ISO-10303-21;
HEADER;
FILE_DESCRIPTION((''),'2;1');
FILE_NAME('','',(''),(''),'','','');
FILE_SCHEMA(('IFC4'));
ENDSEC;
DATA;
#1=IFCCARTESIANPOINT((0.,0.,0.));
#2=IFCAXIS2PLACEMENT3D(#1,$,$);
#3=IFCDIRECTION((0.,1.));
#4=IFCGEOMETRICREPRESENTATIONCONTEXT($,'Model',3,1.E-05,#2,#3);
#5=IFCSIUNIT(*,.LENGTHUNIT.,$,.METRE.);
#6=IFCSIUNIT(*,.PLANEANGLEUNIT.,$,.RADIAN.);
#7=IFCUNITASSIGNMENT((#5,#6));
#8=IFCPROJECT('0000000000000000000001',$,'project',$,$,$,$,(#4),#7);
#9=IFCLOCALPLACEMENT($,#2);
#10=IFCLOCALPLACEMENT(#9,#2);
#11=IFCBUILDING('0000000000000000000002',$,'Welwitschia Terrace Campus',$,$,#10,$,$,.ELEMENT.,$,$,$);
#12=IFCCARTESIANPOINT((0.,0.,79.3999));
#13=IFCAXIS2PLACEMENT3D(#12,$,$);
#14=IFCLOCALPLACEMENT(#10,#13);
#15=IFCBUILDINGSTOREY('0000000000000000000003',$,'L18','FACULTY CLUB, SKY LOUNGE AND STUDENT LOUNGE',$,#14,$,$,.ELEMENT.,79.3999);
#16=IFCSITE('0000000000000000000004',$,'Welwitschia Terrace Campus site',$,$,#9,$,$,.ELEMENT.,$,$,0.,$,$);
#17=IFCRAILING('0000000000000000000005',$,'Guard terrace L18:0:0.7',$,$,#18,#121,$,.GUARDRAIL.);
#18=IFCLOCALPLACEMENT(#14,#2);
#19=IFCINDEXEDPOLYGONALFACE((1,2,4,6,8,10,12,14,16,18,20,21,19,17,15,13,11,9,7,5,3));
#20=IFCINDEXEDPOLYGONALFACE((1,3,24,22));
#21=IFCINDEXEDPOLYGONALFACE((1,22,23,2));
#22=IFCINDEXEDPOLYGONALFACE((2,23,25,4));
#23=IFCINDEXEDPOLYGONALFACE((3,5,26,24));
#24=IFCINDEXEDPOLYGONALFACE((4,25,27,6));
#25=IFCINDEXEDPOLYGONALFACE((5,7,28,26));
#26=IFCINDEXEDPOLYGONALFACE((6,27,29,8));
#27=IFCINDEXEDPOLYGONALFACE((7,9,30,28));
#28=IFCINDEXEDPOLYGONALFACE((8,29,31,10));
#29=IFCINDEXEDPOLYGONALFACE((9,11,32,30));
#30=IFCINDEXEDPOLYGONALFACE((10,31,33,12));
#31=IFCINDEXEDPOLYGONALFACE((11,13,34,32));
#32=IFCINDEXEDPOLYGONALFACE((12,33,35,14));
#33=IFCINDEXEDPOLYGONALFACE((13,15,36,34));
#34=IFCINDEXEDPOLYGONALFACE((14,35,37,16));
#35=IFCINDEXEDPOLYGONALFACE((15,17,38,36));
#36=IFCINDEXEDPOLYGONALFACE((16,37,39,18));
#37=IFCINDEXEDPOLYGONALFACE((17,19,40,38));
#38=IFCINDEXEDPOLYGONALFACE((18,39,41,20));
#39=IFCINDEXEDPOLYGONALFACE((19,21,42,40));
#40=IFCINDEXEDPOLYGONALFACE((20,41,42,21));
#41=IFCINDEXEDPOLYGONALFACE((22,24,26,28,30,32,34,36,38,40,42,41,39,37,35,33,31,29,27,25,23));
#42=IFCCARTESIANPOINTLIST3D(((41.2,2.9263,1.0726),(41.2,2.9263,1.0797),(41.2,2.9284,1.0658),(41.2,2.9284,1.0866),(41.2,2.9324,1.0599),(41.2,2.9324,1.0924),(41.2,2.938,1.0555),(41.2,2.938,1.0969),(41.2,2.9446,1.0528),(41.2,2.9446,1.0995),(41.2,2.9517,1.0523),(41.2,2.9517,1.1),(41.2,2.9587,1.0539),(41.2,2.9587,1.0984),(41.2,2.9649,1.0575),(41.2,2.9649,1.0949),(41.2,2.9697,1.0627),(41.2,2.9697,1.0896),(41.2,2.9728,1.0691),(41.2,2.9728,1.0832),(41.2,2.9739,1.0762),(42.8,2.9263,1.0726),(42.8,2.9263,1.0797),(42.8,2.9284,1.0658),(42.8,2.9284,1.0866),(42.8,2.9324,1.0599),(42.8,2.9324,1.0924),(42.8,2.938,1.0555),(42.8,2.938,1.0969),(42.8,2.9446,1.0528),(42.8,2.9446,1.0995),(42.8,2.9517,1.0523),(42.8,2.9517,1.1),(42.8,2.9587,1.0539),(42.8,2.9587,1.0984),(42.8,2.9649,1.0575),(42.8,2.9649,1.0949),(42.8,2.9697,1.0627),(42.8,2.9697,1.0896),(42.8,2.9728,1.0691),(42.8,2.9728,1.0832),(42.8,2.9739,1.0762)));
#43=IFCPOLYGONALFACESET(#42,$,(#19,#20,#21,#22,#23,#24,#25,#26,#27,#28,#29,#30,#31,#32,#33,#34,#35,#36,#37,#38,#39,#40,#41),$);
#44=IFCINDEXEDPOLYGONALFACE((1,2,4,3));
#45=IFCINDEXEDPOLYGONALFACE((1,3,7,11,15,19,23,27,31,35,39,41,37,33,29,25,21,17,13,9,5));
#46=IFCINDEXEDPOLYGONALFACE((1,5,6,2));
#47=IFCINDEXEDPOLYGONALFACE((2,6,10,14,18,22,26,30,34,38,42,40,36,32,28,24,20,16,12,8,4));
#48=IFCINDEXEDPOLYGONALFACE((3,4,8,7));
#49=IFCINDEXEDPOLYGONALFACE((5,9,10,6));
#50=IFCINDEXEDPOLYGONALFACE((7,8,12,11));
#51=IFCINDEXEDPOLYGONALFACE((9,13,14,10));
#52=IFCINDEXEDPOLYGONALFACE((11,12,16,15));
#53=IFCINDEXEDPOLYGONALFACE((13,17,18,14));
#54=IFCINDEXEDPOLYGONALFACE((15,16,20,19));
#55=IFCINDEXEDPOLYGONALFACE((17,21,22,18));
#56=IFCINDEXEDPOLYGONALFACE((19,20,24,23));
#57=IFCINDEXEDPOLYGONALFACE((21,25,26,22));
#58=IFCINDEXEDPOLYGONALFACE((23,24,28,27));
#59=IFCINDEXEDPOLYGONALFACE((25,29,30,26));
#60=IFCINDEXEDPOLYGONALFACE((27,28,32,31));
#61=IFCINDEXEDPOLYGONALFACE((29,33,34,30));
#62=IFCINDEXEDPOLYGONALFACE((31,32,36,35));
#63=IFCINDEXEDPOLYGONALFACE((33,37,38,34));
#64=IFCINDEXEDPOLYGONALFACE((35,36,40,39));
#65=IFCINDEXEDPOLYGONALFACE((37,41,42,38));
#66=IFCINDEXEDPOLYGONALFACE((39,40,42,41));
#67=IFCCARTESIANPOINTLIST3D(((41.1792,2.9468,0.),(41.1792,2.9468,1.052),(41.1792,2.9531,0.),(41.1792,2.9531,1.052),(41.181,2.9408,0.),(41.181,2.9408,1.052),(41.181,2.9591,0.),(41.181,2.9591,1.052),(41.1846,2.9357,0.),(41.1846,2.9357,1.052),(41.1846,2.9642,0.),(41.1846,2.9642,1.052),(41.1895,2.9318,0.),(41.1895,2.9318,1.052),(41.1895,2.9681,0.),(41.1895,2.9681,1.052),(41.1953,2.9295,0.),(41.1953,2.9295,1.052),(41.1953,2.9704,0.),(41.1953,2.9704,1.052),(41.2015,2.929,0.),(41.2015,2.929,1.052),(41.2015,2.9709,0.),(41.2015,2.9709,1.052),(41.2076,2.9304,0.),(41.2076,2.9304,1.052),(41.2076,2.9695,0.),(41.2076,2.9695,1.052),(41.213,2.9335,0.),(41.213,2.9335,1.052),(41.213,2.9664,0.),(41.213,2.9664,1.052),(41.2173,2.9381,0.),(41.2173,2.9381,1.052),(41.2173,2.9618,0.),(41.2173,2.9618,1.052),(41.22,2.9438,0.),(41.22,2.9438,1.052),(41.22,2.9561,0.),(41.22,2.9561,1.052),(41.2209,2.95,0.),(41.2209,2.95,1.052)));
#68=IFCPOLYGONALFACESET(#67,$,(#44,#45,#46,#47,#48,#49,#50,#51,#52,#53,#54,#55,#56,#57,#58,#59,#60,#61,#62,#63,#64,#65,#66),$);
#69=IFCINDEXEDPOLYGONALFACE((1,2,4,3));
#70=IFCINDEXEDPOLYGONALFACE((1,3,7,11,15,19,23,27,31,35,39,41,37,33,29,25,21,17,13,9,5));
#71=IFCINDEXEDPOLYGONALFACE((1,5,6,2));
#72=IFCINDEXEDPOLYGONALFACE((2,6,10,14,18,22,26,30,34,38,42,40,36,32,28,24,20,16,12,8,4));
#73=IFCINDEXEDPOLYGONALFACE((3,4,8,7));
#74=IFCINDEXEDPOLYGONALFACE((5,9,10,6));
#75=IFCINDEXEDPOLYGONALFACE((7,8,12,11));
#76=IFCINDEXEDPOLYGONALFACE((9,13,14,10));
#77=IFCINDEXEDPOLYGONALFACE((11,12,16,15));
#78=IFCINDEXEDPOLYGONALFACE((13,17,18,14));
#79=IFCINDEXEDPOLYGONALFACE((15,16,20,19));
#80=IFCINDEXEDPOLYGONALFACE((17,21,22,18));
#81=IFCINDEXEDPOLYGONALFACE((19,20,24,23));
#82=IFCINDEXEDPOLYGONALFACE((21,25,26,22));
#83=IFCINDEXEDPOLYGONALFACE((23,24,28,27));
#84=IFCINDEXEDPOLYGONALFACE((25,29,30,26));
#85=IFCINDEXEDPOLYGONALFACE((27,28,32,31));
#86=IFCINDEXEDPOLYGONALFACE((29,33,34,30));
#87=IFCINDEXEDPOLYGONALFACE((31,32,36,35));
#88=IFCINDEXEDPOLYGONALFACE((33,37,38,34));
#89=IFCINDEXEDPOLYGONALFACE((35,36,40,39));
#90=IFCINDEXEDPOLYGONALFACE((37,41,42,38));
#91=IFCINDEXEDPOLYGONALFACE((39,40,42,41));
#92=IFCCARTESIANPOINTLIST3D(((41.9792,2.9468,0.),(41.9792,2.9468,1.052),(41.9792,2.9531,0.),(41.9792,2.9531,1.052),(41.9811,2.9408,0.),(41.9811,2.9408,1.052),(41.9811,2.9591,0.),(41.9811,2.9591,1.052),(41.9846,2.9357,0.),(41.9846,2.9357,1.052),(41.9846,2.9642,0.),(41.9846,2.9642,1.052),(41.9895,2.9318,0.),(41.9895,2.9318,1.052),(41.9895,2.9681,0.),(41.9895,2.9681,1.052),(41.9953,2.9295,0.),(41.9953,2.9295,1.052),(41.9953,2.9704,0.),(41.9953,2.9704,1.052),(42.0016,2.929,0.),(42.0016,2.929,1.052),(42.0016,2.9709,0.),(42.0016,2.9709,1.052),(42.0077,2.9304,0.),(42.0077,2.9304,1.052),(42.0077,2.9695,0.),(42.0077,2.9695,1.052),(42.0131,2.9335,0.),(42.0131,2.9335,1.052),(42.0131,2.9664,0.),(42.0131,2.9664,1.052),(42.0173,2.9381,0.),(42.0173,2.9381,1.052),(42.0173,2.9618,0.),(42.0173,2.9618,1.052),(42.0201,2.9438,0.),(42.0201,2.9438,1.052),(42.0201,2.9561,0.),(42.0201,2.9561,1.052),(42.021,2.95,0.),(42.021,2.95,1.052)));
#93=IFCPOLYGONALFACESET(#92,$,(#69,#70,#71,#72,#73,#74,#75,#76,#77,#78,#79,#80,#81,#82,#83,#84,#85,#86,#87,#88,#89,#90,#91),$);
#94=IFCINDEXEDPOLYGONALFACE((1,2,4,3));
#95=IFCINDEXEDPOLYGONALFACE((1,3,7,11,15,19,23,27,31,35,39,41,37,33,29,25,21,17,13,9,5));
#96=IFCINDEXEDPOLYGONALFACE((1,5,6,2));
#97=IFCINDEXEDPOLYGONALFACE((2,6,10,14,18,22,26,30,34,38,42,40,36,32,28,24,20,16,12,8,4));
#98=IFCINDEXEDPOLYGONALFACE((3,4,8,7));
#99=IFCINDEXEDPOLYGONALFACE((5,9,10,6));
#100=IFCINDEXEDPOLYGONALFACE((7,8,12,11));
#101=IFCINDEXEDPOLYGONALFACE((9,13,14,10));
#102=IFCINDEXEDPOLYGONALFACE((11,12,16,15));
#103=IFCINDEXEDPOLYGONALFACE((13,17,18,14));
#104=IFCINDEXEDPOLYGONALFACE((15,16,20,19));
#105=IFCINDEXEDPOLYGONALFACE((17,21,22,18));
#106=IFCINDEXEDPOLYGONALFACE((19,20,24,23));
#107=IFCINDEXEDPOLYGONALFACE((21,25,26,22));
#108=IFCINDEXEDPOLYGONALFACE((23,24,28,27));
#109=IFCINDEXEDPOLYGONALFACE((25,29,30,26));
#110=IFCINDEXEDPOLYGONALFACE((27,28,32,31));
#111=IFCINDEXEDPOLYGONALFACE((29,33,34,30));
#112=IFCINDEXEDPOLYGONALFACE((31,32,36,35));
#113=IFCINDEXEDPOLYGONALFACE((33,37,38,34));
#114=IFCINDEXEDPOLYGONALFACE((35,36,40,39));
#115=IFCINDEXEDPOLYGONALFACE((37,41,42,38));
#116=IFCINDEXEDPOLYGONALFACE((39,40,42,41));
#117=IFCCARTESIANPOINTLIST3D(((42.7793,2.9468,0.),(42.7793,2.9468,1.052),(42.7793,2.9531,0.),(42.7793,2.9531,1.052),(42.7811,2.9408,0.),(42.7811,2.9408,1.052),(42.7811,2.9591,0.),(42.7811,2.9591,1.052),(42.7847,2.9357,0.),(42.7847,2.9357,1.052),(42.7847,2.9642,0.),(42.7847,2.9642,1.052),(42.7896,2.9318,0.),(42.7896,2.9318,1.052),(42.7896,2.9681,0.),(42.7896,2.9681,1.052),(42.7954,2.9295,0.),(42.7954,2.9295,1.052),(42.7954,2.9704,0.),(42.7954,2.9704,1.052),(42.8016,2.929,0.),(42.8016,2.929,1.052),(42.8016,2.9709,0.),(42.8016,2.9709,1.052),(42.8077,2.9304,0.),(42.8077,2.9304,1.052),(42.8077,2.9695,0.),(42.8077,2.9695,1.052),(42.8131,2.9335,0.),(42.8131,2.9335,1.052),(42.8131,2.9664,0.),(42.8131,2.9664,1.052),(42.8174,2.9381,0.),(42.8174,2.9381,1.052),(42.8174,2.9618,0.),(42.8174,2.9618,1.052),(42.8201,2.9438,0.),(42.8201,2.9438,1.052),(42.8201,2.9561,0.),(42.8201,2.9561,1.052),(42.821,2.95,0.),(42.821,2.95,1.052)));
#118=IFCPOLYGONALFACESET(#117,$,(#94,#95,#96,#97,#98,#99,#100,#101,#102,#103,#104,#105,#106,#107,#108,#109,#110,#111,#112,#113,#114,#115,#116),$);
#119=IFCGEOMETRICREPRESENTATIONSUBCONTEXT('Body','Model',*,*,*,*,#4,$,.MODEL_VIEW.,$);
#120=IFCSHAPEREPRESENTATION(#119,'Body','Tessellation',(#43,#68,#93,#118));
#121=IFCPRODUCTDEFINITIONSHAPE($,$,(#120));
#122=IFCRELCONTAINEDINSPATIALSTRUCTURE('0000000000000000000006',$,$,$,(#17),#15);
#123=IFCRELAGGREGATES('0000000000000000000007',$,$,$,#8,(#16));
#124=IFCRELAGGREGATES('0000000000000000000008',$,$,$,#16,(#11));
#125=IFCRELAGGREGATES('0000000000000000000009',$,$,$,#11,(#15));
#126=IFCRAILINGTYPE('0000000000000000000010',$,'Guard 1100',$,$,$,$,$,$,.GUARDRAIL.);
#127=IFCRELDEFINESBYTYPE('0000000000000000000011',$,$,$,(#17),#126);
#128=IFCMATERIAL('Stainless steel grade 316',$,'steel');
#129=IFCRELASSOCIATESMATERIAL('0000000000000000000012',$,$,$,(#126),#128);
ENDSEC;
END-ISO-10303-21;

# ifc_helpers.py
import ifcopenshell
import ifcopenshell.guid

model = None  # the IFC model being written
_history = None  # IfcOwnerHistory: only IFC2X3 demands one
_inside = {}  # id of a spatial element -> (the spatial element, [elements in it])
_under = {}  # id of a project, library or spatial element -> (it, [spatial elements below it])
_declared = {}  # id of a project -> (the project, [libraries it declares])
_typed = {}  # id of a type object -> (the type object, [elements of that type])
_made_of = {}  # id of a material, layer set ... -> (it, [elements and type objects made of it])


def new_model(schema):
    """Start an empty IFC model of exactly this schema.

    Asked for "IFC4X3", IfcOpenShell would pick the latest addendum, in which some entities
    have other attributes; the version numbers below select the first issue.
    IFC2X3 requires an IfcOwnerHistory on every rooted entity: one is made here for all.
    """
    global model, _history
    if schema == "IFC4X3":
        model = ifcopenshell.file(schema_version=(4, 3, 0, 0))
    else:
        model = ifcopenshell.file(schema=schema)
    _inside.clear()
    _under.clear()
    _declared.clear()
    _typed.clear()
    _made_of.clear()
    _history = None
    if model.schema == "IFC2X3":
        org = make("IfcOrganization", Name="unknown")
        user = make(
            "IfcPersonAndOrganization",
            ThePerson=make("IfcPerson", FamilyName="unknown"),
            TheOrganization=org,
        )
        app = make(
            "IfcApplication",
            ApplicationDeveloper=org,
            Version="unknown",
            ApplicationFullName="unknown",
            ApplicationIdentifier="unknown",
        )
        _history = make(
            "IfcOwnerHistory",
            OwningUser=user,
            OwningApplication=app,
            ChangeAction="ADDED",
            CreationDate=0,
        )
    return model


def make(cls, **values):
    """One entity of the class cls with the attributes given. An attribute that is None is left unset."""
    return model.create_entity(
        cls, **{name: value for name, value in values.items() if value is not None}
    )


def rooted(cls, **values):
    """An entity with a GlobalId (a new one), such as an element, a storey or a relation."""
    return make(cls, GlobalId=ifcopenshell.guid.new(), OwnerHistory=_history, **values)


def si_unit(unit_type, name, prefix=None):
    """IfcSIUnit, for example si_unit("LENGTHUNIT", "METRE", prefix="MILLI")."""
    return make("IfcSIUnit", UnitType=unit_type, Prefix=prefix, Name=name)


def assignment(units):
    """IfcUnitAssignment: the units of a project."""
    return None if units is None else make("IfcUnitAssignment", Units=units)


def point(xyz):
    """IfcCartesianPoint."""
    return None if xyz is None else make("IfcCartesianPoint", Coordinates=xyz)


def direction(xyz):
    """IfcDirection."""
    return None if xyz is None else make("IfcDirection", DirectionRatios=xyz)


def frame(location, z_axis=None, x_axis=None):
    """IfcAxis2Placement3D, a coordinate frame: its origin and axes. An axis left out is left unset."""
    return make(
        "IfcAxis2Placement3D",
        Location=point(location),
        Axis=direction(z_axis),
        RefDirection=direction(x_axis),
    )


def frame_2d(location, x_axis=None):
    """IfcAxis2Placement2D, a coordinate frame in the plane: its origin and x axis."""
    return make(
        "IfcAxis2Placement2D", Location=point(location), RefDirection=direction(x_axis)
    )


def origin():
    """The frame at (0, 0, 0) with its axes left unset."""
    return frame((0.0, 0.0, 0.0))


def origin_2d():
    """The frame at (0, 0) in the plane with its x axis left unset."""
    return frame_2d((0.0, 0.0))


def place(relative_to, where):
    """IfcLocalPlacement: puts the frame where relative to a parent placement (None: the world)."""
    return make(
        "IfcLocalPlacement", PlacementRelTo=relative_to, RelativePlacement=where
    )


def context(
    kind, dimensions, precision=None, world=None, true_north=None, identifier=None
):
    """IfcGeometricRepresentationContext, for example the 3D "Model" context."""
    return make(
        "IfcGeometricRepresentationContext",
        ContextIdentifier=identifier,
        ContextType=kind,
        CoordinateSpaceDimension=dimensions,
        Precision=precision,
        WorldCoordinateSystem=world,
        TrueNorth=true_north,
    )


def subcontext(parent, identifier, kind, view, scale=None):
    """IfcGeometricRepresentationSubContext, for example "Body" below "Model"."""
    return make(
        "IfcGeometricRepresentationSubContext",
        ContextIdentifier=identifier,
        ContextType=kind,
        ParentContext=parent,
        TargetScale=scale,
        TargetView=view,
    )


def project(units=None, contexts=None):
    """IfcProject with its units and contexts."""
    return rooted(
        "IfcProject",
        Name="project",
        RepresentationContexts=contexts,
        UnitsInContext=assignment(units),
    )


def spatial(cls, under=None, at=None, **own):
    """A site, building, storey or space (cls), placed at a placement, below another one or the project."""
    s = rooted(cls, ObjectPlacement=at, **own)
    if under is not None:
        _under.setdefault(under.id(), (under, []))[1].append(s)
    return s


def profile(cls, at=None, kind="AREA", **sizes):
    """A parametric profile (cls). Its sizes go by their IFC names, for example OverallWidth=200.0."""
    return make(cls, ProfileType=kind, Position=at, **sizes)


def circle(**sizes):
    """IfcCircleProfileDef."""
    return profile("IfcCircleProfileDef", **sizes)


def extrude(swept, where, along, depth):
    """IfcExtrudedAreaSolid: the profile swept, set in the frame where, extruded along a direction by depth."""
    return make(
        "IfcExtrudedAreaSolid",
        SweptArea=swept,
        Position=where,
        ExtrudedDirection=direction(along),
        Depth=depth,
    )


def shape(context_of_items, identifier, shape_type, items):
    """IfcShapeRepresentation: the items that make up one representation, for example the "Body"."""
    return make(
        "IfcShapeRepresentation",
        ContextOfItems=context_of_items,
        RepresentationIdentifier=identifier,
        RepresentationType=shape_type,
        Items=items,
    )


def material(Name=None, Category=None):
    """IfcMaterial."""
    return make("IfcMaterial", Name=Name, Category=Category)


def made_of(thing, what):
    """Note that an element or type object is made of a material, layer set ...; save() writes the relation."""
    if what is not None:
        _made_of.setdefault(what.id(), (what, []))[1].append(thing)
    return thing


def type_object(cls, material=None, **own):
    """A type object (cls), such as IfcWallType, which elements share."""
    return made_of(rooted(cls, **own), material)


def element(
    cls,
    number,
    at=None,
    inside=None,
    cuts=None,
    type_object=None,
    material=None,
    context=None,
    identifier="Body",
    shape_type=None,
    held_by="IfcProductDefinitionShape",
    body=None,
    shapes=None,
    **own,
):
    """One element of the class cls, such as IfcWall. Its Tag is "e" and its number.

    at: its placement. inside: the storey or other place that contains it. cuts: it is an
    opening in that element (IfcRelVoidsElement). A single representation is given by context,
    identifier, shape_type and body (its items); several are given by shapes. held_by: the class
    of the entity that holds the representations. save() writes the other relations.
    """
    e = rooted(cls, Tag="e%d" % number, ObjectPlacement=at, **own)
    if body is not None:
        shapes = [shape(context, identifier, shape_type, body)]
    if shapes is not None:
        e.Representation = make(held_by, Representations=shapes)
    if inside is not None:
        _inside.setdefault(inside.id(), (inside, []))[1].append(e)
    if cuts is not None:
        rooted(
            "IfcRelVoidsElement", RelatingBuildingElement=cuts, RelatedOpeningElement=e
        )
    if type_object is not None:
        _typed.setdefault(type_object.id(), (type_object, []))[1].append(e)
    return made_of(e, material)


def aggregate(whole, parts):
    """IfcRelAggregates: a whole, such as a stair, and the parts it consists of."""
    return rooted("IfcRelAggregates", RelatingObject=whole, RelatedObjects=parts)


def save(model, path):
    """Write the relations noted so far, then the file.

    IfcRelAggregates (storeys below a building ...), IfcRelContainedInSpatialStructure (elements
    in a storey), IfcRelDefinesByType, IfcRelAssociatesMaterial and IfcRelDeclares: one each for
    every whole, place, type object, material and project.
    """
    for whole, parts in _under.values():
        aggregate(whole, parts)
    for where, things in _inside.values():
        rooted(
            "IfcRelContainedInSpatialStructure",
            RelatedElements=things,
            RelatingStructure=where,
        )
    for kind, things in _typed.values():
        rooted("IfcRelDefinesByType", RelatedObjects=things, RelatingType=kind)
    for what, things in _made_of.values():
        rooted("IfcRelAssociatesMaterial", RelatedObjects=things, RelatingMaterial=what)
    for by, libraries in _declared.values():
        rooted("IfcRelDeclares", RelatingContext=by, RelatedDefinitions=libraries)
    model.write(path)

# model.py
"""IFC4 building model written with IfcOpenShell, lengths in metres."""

from ifc_helpers import new_model, si_unit, direction, frame, origin, origin_2d, place, context, subcontext, project, spatial, circle, extrude, material, type_object, element, save


model = new_model("IFC4")

# Units and contexts
model_context = context("Model", 3, precision=1e-05, world=origin(), true_north=direction((0.0, 1.0)))
body_context = subcontext(model_context, "Body", "Model", "MODEL_VIEW")
ifc_project = project(units=[si_unit("LENGTHUNIT", "METRE"), si_unit("PLANEANGLEUNIT", "RADIAN")], contexts=[model_context])

# Site, building, storey
site_placement = place(None, origin())
site = spatial("IfcSite", under=ifc_project, at=site_placement, Name="Welwitschia Terrace Campus site", CompositionType="ELEMENT", RefElevation=0.0)
building_placement = place(site_placement, origin())
building = spatial("IfcBuilding", under=site, at=building_placement, Name="Welwitschia Terrace Campus", CompositionType="ELEMENT")
storey_placement = place(building_placement, frame((0.0, 0.0, 79.3999)))
storey = spatial("IfcBuildingStorey", under=building, at=storey_placement, Name="L18", Description="FACULTY CLUB, SKY LOUNGE AND STUDENT LOUNGE", CompositionType="ELEMENT", Elevation=79.3999)

# Railing
ifc_material_1 = material(Name="Stainless steel grade 316", Category="steel")
railing_type = type_object("IfcRailingType", Name="Guard 1100", PredefinedType="GUARDRAIL", material=ifc_material_1)
for number, where, name in (
    (1, (41.2, 2.95, 0.0), "Guard terrace L18:0:0.7"),
):
    element("IfcRailing", number, at=place(storey_placement, frame(where)), inside=storey, type_object=railing_type, Name=name, PredefinedType="GUARDRAIL", context=body_context, shape_type="SweptSolid", body=[
        extrude(circle(Radius=0.0239, at=origin_2d()), frame((0.0, 0.0, 1.0762), z_axis=(1.0, 0.0, 0.0), x_axis=(0.0, 1.0, 0.0)), (0.0, 0.0, 1.0), 1.6001),
        extrude(circle(Radius=0.021, at=origin_2d()), origin(), (0.0, 0.0, 1.0), 1.052),
        extrude(circle(Radius=0.021, at=origin_2d()), frame((0.8, 0.0, 0.0)), (0.0, 0.0, 1.0), 1.052),
        extrude(circle(Radius=0.021, at=origin_2d()), frame((1.6001, 0.0, 0.0)), (0.0, 0.0, 1.0), 1.052),
    ])

save(model, "model.ifc")
